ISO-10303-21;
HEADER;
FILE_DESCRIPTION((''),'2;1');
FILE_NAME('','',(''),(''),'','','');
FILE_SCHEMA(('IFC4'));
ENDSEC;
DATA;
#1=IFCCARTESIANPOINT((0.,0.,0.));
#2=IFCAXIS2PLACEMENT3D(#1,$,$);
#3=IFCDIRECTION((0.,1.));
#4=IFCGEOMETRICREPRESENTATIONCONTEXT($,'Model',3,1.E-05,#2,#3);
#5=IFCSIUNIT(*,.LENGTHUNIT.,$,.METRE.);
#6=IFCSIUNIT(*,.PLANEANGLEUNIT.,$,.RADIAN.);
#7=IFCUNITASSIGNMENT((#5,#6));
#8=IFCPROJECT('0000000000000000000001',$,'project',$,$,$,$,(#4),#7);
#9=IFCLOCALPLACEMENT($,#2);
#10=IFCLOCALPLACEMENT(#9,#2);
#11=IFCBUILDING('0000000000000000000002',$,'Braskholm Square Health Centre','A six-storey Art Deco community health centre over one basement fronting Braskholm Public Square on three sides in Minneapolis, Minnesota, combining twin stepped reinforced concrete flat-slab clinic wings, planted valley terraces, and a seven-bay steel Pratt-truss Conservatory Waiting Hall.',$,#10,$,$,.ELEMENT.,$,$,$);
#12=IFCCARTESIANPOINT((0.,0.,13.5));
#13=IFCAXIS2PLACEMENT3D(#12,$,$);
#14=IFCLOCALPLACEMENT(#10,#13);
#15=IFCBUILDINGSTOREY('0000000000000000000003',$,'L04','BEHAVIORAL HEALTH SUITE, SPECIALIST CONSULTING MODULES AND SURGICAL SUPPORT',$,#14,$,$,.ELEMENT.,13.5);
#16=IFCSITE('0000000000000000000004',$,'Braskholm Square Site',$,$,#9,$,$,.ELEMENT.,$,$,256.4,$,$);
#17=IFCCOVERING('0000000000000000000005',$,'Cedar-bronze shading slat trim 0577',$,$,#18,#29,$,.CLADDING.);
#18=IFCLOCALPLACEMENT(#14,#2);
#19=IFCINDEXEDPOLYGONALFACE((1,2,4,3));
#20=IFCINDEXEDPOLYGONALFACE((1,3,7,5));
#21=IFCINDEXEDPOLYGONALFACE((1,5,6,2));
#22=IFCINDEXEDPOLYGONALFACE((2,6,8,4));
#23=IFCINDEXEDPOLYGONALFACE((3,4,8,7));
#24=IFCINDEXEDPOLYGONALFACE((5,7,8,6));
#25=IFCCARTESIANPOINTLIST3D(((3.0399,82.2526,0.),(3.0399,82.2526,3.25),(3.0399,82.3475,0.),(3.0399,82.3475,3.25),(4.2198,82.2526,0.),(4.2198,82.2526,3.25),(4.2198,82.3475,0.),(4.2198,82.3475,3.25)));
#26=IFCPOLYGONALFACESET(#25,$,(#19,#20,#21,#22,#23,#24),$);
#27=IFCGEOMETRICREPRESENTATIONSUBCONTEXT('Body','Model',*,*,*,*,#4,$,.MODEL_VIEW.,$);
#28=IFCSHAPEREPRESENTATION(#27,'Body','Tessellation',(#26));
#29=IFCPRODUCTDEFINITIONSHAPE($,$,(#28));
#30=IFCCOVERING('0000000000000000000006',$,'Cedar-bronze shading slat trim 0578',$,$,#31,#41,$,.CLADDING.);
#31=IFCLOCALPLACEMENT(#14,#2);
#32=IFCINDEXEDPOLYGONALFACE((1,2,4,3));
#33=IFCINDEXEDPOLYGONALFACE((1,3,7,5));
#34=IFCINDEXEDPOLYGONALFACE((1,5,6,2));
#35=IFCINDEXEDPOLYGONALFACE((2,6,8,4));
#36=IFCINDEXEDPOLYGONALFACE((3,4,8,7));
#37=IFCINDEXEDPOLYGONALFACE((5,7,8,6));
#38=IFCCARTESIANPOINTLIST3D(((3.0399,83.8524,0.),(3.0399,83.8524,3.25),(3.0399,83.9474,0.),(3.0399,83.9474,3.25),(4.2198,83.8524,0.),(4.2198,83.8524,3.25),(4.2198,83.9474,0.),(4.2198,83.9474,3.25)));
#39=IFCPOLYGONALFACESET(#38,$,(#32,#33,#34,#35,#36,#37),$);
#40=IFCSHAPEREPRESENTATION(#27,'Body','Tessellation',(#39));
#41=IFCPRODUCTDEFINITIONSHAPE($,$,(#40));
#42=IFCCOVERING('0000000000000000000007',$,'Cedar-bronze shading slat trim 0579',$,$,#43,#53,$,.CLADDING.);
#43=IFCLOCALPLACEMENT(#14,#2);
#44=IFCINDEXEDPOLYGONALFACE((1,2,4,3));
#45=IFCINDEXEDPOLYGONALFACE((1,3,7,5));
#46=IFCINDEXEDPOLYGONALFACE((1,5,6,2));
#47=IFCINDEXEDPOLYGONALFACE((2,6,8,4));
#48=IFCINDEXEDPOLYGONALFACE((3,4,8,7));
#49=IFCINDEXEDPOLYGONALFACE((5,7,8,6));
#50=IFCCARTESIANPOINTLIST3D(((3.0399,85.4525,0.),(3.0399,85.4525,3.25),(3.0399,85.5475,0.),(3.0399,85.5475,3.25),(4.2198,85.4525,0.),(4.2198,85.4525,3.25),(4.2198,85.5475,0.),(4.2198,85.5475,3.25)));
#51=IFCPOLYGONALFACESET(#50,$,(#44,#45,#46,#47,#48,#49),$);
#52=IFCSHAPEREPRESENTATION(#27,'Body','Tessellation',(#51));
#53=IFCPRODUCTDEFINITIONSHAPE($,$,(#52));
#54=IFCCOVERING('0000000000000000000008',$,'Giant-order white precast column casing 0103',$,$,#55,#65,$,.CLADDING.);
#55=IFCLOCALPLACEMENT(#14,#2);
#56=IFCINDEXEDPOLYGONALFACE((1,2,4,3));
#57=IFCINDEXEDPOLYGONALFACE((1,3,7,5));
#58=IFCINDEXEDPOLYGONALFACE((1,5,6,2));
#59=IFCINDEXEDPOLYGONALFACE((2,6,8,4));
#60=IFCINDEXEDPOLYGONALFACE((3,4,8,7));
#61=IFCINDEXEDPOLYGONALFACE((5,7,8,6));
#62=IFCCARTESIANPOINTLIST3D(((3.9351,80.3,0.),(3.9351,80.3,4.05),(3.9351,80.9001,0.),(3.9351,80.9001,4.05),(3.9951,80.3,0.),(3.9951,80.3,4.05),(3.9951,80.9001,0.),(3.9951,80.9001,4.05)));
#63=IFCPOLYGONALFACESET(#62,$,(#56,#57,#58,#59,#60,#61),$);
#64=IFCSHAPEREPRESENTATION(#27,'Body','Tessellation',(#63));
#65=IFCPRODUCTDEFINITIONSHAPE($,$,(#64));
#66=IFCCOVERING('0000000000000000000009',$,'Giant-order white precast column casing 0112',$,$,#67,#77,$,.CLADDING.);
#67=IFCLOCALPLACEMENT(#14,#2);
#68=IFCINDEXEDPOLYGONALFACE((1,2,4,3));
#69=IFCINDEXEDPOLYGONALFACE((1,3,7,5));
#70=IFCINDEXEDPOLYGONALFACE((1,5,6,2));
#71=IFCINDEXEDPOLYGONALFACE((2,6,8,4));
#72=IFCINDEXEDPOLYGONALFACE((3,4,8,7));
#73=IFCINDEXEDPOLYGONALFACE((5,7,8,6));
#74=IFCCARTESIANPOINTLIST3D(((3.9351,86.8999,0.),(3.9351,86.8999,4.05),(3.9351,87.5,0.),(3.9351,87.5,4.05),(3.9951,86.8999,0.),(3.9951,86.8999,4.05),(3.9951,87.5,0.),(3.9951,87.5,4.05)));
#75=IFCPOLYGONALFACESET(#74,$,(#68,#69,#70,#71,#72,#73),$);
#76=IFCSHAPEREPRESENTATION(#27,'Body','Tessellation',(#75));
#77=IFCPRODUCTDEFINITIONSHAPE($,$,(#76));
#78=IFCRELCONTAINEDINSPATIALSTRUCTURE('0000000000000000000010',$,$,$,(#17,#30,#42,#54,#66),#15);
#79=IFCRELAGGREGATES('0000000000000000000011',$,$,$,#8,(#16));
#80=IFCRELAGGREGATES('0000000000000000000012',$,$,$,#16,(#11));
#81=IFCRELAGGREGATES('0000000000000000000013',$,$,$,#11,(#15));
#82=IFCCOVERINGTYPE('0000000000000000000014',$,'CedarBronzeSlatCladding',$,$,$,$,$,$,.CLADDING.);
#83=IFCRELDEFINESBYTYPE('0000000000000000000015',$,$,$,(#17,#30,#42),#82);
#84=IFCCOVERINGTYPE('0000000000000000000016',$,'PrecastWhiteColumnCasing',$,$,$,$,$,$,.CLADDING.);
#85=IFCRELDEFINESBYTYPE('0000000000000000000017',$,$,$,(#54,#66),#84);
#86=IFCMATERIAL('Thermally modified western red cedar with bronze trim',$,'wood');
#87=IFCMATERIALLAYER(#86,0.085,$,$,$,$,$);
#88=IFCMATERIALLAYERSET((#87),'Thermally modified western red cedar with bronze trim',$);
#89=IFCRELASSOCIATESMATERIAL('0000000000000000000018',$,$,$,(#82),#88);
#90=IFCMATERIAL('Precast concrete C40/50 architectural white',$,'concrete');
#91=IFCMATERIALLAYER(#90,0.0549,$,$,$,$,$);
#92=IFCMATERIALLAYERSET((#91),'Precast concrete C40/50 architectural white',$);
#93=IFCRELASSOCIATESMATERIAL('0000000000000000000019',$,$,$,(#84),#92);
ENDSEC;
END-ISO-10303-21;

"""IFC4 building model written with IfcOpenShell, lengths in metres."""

from ifc_helpers import new_model, si_unit, direction, frame, origin, origin_2d, place, context, subcontext, project, spatial, rectangle, extrude, material, layer, layer_set, type_object, element, save


model = new_model("IFC4")

# Units and contexts
model_context = context("Model", 3, precision=1e-05, world=origin(), true_north=direction((0.0, 1.0)))
body_context = subcontext(model_context, "Body", "Model", "MODEL_VIEW")
ifc_project = project(units=[si_unit("LENGTHUNIT", "METRE"), si_unit("PLANEANGLEUNIT", "RADIAN")], contexts=[model_context])

# Site, building, storey
site_placement = place(None, origin())
site = spatial("IfcSite", under=ifc_project, at=site_placement, Name="Braskholm Square Site", CompositionType="ELEMENT", RefElevation=256.4)
building_placement = place(site_placement, origin())
building = spatial("IfcBuilding", under=site, at=building_placement, Name="Braskholm Square Health Centre", Description="A six-storey Art Deco community health centre over one basement fronting Braskholm Public Square on three sides in Minneapolis, Minnesota, combining twin stepped reinforced concrete flat-slab clinic wings, planted valley terraces, and a seven-bay steel Pratt-truss Conservatory Waiting Hall.", CompositionType="ELEMENT")
storey_placement = place(building_placement, frame((0.0, 0.0, 13.5)))
storey = spatial("IfcBuildingStorey", under=building, at=storey_placement, Name="L04", Description="BEHAVIORAL HEALTH SUITE, SPECIALIST CONSULTING MODULES AND SURGICAL SUPPORT", CompositionType="ELEMENT", Elevation=13.5)

# Shared definitions
ifc_material_1 = material(Name="Precast concrete C40/50 architectural white", Category="concrete")

# Shared definitions
ifc_material_2 = material(Name="Thermally modified western red cedar with bronze trim", Category="wood")

# Coverings
ifc_layer_1 = layer(ifc_material_2, 0.085)
ifc_layer_set_1 = layer_set([ifc_layer_1], Name="Thermally modified western red cedar with bronze trim")
covering_type_1 = type_object("IfcCoveringType", Name="CedarBronzeSlatCladding", PredefinedType="CLADDING", material=ifc_layer_set_1)
for number, where, z_axis, x_axis, name in (
    (1, (3.6299, 82.3, 0.0), (0.0, 0.0, 1.0), (1.0, 0.0, 0.0), "Cedar-bronze shading slat trim 0577"),
    (2, (3.6299, 83.8999, 0.0), (0.0, 0.0, 1.0), (1.0, 0.0, 0.0), "Cedar-bronze shading slat trim 0578"),
    (3, (3.6299, 85.5, 0.0), (0.0, 0.0, 1.0), (1.0, 0.0, 0.0), "Cedar-bronze shading slat trim 0579"),
):
    element("IfcCovering", number, at=place(storey_placement, frame(where, z_axis=z_axis, x_axis=x_axis)), inside=storey, type_object=covering_type_1, Name=name, PredefinedType="CLADDING", context=body_context, shape_type="SweptSolid", body=[
        extrude(rectangle(XDim=1.1799, YDim=0.095, at=origin_2d()), origin(), (0.0, 0.0, 1.0), 3.25),
    ])
ifc_layer_2 = layer(ifc_material_1, 0.0549)
ifc_layer_set_2 = layer_set([ifc_layer_2], Name="Precast concrete C40/50 architectural white")
covering_type_2 = type_object("IfcCoveringType", Name="PrecastWhiteColumnCasing", PredefinedType="CLADDING", material=ifc_layer_set_2)
for number, where, z_axis, x_axis, name in (
    (4, (3.9651, 80.6001, 0.0), (0.0, 0.0, 1.0), (1.0, 0.0, 0.0), "Giant-order white precast column casing 0103"),
    (5, (3.9651, 87.2, 0.0), (0.0, 0.0, 1.0), (1.0, 0.0, 0.0), "Giant-order white precast column casing 0112"),
):
    element("IfcCovering", number, at=place(storey_placement, frame(where, z_axis=z_axis, x_axis=x_axis)), inside=storey, type_object=covering_type_2, Name=name, PredefinedType="CLADDING", context=body_context, shape_type="SweptSolid", body=[
        extrude(rectangle(XDim=0.0601, YDim=0.6001, at=origin_2d()), origin(), (0.0, 0.0, 1.0), 4.05),
    ])

save(model, "model.ifc")
